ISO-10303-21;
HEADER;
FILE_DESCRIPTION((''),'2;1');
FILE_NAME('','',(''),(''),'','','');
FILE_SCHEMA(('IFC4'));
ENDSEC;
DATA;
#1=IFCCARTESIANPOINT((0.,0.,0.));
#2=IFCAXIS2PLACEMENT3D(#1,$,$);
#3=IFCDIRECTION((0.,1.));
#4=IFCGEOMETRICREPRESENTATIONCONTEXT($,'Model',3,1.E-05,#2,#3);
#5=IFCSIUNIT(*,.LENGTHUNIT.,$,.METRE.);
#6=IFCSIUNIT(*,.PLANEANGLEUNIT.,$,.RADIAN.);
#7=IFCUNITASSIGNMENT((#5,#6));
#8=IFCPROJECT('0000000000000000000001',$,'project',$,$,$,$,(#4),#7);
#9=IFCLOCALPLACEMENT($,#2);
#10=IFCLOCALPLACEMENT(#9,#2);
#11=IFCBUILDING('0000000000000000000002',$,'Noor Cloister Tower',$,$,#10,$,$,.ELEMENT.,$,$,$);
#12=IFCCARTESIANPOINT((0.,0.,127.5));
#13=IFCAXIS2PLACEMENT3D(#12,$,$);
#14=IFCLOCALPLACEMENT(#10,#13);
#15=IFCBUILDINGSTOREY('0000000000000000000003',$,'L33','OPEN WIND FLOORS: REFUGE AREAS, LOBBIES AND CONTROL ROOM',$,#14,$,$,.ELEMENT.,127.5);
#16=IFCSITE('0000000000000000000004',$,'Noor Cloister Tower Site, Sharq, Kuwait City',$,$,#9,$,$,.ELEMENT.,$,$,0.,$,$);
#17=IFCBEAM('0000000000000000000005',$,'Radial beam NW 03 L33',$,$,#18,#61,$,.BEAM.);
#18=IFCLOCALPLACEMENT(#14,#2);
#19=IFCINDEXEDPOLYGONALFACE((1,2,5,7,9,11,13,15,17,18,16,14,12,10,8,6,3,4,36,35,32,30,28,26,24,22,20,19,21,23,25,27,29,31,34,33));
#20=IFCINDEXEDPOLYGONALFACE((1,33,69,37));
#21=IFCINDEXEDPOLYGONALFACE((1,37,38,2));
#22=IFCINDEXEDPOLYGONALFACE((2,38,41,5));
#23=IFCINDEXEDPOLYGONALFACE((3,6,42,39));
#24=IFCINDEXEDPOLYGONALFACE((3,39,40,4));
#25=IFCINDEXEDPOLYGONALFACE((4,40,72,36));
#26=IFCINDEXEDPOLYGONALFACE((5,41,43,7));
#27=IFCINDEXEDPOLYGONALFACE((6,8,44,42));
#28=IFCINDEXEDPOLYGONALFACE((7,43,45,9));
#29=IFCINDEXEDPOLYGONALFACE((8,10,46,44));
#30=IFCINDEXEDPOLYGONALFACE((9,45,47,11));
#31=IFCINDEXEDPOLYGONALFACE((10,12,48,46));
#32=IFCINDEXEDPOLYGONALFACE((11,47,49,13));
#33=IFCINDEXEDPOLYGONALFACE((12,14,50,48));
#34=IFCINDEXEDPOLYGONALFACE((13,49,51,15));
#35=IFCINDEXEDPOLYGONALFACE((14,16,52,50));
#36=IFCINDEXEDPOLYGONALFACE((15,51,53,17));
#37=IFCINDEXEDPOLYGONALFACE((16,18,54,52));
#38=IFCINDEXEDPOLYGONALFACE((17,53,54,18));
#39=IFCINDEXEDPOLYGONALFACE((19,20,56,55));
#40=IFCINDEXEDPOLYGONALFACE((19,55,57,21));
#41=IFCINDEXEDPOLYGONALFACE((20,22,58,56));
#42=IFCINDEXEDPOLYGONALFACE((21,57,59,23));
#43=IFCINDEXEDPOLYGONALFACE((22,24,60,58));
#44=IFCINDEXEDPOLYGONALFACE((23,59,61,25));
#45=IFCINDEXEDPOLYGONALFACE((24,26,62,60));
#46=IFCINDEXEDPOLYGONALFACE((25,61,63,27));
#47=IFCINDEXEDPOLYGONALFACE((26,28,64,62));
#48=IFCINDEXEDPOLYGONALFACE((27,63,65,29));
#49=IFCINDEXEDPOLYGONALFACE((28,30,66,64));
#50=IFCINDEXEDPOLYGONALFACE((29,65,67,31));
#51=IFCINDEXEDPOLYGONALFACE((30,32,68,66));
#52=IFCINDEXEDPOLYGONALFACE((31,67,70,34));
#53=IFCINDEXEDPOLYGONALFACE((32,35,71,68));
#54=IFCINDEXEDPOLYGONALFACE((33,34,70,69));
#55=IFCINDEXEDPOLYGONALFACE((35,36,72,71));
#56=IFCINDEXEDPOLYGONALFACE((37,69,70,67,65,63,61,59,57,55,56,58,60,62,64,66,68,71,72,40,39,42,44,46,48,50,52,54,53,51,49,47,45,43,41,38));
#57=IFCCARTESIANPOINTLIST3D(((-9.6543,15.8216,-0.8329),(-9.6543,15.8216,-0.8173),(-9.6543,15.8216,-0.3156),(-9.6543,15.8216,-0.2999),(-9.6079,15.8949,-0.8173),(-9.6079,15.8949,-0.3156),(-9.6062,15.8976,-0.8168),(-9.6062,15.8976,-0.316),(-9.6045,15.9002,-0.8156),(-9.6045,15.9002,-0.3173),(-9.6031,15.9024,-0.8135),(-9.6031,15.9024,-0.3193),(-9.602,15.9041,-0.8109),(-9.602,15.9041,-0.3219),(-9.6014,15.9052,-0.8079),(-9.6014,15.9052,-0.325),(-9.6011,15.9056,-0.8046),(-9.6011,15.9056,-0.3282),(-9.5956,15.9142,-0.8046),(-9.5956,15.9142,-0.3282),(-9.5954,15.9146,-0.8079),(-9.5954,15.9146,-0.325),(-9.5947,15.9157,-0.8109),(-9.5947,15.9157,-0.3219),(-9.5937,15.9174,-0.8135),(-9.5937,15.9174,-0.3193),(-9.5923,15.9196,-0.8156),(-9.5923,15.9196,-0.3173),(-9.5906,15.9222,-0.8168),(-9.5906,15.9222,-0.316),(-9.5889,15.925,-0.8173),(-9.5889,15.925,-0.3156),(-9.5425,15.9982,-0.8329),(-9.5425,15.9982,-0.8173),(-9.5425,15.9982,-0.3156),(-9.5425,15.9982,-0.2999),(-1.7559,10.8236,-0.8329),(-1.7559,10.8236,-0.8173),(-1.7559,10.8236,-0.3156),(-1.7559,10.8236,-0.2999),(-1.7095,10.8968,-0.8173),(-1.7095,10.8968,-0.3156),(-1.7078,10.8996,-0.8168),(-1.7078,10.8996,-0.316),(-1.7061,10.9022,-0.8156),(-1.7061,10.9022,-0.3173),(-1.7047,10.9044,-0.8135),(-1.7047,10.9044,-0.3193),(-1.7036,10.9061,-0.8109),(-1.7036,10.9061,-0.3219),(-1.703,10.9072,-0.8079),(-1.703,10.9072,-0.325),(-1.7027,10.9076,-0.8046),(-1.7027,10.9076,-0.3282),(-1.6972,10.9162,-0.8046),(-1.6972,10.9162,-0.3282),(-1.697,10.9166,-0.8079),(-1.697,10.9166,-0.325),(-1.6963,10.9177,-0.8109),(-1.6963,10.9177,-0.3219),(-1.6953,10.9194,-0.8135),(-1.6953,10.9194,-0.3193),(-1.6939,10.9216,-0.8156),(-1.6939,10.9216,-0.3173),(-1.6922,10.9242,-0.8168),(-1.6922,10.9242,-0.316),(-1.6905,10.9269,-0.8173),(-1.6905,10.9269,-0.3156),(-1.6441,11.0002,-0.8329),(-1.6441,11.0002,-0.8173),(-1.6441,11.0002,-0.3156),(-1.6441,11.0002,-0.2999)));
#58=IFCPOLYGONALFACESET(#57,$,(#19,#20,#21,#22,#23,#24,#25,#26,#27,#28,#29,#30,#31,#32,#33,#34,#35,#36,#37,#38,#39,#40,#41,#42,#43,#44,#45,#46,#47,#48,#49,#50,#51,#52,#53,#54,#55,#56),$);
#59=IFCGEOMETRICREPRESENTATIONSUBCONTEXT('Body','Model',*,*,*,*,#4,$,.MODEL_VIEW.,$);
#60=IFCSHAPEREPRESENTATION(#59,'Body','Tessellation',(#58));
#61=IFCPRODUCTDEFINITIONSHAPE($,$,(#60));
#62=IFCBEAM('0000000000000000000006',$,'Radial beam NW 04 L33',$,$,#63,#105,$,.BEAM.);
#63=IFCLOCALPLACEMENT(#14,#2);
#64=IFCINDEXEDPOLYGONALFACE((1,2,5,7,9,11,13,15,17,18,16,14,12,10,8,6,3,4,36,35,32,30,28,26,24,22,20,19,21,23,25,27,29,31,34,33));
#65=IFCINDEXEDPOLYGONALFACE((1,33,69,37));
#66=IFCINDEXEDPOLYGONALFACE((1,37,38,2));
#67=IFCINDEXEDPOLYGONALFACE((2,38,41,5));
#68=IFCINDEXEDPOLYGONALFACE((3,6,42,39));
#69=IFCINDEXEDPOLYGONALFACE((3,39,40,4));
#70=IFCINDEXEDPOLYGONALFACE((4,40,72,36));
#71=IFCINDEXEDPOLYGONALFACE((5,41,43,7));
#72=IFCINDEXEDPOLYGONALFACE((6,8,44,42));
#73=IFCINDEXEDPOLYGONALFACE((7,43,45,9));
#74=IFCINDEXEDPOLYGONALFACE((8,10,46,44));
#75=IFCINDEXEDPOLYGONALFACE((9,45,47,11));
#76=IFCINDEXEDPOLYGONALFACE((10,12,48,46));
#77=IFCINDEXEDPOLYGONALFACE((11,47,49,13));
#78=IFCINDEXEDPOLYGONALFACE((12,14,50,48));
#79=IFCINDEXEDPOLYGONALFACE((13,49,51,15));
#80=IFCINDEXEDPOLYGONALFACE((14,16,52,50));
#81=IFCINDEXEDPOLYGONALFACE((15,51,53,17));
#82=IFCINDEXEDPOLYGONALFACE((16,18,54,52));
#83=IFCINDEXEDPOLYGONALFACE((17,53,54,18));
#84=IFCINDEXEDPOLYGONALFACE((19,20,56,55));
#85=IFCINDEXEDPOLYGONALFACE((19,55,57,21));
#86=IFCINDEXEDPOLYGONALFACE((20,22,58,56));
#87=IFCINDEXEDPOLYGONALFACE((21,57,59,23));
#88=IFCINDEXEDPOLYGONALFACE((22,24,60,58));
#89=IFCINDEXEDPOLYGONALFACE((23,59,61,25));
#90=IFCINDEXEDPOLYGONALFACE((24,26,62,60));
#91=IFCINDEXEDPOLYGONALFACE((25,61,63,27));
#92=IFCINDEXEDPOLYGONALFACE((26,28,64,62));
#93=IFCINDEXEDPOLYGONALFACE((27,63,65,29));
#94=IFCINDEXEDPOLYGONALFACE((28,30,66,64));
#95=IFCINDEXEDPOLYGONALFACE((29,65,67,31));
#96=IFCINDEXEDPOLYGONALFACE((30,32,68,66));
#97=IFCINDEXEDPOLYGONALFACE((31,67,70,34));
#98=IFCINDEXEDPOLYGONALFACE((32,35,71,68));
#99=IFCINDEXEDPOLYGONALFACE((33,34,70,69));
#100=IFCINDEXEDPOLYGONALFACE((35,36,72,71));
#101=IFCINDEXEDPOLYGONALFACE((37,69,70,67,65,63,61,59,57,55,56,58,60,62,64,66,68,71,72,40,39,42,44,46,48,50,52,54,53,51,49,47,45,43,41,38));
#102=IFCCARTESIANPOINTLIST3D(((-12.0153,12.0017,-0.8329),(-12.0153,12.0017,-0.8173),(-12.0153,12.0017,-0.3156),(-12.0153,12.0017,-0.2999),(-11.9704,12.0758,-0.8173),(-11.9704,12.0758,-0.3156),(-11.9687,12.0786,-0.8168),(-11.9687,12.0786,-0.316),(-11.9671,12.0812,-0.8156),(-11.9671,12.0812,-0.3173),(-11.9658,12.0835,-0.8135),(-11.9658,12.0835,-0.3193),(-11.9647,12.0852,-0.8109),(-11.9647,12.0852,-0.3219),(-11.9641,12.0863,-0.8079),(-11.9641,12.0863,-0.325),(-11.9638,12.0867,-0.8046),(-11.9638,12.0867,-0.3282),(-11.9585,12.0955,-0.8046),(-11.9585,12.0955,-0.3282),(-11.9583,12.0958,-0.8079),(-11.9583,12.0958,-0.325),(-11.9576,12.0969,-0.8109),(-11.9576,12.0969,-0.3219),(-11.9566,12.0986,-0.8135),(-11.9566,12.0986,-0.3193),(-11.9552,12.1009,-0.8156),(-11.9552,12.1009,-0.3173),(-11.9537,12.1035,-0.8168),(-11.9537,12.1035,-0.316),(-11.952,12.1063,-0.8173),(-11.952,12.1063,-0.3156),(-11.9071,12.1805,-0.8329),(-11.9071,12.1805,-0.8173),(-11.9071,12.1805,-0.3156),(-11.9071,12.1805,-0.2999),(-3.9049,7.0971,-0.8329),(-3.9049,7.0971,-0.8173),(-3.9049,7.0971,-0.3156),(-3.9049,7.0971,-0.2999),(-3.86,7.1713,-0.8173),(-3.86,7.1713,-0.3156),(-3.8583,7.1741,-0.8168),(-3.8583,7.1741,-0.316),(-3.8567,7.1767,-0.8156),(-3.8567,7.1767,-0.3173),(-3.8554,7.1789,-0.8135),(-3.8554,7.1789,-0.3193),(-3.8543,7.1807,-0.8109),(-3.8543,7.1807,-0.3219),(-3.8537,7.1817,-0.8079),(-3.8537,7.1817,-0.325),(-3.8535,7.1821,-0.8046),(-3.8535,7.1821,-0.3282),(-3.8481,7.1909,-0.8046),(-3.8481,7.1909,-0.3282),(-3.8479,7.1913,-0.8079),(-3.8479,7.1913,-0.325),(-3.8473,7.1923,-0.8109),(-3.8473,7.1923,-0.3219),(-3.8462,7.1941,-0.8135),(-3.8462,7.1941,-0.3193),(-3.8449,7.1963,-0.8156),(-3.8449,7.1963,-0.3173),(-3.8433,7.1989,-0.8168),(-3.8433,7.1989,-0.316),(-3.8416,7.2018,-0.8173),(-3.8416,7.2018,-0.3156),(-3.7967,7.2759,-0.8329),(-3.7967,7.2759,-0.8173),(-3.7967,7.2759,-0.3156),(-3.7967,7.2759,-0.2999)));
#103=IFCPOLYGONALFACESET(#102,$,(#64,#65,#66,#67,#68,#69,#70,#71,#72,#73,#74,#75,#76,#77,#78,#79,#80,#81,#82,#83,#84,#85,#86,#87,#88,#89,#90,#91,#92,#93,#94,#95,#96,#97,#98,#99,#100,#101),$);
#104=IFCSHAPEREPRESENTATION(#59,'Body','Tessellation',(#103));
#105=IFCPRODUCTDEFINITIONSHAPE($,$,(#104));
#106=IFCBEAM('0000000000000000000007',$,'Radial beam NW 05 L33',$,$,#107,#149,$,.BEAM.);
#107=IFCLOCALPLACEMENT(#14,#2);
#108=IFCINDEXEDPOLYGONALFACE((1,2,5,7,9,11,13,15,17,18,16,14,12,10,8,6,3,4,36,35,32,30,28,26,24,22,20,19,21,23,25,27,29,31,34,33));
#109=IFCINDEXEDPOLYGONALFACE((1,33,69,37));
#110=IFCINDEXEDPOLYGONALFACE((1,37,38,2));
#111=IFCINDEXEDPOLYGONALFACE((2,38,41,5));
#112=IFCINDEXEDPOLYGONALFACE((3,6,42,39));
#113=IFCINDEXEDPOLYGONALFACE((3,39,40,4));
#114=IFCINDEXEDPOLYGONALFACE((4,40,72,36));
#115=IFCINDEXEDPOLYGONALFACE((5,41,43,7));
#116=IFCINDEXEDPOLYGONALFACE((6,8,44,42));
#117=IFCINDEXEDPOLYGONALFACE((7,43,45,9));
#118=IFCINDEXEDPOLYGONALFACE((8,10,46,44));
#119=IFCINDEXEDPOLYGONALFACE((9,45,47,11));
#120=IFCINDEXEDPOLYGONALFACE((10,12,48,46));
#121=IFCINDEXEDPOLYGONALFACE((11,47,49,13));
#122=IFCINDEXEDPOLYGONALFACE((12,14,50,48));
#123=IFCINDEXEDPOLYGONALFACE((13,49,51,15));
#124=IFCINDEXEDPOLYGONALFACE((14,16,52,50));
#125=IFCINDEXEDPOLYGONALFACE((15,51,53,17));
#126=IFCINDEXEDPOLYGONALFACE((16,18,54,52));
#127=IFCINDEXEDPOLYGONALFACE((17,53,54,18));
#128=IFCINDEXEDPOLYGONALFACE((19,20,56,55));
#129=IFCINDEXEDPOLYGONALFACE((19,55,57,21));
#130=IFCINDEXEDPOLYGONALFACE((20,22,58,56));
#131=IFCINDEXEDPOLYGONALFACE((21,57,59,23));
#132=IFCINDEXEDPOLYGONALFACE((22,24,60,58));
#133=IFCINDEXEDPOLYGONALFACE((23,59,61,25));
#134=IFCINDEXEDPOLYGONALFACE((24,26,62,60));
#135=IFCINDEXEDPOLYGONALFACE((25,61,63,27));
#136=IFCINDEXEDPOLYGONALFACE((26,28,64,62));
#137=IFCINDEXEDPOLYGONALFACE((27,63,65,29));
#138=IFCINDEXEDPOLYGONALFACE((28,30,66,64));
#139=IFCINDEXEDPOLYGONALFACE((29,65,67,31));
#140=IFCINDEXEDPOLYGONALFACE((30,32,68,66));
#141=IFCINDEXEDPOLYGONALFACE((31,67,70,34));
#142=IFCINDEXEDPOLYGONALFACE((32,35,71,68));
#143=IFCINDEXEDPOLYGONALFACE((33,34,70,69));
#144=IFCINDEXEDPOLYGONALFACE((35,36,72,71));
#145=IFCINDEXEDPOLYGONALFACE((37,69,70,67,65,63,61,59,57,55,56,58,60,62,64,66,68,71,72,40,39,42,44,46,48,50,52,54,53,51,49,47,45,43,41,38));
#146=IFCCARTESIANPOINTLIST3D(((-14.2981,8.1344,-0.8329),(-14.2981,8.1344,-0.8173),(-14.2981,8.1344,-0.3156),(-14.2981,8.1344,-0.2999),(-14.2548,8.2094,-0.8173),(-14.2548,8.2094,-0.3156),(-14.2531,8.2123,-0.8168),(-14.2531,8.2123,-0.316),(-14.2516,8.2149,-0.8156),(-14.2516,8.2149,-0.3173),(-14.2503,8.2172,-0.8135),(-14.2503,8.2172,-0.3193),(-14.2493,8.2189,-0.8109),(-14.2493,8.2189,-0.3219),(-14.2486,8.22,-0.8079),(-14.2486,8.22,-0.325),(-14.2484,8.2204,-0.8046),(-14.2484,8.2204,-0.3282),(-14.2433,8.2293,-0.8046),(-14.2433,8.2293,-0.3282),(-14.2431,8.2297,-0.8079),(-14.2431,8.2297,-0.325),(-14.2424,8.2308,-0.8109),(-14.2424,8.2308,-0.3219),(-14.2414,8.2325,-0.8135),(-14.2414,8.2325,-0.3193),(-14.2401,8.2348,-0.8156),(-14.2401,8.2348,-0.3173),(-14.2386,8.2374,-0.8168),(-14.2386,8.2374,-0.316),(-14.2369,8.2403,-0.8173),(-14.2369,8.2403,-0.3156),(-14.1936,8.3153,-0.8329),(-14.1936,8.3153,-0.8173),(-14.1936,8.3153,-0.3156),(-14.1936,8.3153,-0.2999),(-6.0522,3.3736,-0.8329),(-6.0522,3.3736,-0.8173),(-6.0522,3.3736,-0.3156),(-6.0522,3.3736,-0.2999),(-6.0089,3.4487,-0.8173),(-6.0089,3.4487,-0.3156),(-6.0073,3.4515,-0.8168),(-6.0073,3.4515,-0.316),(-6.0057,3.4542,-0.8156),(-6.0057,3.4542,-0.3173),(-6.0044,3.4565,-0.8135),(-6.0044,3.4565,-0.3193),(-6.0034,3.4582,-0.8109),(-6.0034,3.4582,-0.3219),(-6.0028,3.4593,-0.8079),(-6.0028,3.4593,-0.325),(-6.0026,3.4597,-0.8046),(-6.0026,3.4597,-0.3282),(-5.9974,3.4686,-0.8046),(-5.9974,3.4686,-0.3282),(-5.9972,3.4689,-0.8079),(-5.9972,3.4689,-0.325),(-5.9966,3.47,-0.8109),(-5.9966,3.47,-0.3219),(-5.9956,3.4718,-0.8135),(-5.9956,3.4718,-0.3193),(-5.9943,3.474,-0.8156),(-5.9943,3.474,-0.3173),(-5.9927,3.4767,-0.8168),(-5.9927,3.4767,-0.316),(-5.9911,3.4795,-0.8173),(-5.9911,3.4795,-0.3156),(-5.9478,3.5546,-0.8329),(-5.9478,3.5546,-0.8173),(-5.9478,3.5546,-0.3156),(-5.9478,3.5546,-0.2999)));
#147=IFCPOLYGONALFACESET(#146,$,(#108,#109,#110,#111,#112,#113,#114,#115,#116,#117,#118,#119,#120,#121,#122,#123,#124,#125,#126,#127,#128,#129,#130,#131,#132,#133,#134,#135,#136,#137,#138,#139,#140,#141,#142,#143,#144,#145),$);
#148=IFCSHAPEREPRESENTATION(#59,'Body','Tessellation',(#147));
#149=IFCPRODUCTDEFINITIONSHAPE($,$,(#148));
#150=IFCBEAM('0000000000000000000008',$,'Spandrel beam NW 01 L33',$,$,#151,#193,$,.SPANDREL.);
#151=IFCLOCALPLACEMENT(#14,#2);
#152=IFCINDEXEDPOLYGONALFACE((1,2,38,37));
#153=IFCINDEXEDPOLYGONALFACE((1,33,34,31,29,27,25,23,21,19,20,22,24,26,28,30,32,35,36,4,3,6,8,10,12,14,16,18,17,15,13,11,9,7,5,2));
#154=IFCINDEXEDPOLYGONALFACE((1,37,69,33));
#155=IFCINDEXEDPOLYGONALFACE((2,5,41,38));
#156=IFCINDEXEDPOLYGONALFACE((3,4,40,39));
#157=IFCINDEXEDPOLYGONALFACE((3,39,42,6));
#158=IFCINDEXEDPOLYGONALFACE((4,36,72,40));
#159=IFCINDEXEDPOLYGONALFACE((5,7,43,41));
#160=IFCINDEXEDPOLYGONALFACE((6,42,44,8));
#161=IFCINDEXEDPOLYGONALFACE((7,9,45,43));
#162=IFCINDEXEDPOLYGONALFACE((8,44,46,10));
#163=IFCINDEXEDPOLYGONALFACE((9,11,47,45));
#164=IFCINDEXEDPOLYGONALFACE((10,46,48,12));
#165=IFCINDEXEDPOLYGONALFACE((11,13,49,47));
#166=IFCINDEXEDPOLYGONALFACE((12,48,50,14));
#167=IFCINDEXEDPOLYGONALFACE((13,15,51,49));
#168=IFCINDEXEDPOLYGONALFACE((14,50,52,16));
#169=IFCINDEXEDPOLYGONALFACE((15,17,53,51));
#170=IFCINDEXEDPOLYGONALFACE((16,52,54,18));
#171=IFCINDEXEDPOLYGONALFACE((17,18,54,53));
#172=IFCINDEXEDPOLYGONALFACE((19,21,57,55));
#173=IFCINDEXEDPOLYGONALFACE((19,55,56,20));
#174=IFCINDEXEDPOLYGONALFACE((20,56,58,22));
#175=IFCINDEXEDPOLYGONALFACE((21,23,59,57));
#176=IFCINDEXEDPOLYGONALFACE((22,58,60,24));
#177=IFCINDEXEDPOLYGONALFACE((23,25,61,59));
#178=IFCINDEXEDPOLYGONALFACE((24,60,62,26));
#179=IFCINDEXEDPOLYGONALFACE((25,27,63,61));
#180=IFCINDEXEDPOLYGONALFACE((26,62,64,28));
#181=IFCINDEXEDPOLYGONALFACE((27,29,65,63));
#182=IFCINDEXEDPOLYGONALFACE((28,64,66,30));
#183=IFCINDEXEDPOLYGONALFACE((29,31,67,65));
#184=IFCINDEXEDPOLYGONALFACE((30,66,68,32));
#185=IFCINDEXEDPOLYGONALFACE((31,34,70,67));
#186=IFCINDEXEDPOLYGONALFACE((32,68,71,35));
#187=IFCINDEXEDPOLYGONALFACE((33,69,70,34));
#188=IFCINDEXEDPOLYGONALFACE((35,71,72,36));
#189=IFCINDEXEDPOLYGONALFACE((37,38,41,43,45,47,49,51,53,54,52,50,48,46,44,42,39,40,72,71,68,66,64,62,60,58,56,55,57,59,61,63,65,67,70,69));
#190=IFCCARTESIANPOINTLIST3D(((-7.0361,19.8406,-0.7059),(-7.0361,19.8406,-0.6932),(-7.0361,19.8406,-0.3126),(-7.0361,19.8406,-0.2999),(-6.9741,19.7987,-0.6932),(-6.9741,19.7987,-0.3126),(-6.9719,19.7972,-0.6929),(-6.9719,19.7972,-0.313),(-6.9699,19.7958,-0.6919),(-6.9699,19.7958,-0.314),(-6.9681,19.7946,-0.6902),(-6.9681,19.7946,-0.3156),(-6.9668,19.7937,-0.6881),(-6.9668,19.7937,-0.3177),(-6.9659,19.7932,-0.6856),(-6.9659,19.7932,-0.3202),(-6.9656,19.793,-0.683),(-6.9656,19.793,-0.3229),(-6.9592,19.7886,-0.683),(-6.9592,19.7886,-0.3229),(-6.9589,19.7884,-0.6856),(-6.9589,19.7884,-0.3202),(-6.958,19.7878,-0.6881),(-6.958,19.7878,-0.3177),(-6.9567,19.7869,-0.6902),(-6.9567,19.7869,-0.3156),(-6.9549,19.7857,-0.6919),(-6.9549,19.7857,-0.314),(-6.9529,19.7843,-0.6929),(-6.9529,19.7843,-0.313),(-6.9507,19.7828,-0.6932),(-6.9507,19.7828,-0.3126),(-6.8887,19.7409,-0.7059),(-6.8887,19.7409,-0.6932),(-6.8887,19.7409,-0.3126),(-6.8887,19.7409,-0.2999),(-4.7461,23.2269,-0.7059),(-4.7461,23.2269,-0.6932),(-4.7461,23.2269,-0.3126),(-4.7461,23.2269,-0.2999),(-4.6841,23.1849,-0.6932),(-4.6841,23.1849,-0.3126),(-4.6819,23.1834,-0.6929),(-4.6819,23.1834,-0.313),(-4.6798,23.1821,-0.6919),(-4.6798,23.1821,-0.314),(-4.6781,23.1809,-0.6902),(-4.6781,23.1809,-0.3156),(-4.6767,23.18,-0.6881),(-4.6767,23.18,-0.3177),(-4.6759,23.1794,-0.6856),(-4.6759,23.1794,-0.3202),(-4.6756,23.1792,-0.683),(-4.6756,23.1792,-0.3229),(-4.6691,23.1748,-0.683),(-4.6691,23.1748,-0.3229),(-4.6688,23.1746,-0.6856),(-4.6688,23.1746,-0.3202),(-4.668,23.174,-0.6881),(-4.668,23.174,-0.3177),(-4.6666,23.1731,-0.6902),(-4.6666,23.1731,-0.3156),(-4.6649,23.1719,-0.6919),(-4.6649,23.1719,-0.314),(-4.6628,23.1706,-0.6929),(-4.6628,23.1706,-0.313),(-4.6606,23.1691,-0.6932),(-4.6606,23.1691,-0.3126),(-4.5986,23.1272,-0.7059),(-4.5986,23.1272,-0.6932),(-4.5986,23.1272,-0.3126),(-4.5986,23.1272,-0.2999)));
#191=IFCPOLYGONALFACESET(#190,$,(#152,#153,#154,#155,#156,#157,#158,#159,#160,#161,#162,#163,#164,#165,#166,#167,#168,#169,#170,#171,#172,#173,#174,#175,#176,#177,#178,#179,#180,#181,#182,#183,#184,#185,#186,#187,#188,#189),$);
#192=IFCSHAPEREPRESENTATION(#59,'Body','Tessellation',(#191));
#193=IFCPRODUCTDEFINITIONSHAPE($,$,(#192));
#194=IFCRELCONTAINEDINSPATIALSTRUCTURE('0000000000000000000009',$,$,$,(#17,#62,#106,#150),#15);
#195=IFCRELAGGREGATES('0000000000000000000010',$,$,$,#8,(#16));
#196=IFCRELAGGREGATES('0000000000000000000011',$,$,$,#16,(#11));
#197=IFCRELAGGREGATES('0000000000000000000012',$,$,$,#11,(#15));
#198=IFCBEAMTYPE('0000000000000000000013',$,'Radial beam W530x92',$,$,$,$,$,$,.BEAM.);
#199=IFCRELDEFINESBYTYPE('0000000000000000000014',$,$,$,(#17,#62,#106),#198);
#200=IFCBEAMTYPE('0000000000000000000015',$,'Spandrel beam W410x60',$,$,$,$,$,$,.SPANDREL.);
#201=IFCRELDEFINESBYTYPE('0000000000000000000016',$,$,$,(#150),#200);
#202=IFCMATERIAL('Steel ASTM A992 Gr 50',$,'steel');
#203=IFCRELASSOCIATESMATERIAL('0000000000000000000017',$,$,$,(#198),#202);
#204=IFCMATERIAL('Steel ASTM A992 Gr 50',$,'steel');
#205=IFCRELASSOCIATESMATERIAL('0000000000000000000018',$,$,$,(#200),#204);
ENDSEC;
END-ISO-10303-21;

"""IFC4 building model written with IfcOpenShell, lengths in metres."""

from ifc_helpers import new_model, si_unit, direction, frame, origin, origin_2d, place, context, subcontext, project, spatial, i_section, extrude, material, material_profile, profile_set, type_object, element, save


model = new_model("IFC4")

# Units and contexts
model_context = context("Model", 3, precision=1e-05, world=origin(), true_north=direction((0.0, 1.0)))
body_context = subcontext(model_context, "Body", "Model", "MODEL_VIEW")
ifc_project = project(units=[si_unit("LENGTHUNIT", "METRE"), si_unit("PLANEANGLEUNIT", "RADIAN")], contexts=[model_context])

# Site, building, storey
site_placement = place(None, origin())
site = spatial("IfcSite", under=ifc_project, at=site_placement, Name="Noor Cloister Tower Site, Sharq, Kuwait City", CompositionType="ELEMENT", RefElevation=0.0)
building_placement = place(site_placement, origin())
building = spatial("IfcBuilding", under=site, at=building_placement, Name="Noor Cloister Tower", CompositionType="ELEMENT")
storey_placement = place(building_placement, frame((0.0, 0.0, 127.5)))
storey = spatial("IfcBuildingStorey", under=building, at=storey_placement, Name="L33", Description="OPEN WIND FLOORS: REFUGE AREAS, LOBBIES AND CONTROL ROOM", CompositionType="ELEMENT", Elevation=127.5)

# Beams
ifc_material_1 = material(Name="Steel ASTM A992 Gr 50", Category="steel")
ifc_material_profile_1 = material_profile(ifc_material_1, i_section(OverallWidth=0.209, OverallDepth=0.533, WebThickness=0.0103, FlangeThickness=0.0156, FilletRadius=0.0127, at=origin_2d()), Name="W530x92")
ifc_profile_set_1 = profile_set([ifc_material_profile_1], Name="Steel ASTM A992 Gr 50")
beam_type_1 = type_object("IfcBeamType", Name="Radial beam W530x92", PredefinedType="BEAM", material=ifc_profile_set_1)
beam_1_placement = place(storey_placement, frame((-9.5984, 15.9099, -0.5664), z_axis=(0.845027, -0.534724, 0.0), x_axis=(0.534724, 0.845027, 0.0)))
element("IfcBeam", 1, at=beam_1_placement, inside=storey, type_object=beam_type_1, Name="Radial beam NW 03 L33", PredefinedType="BEAM", context=body_context, shape_type="SweptSolid", body=[
    extrude(i_section(OverallWidth=0.209, OverallDepth=0.533, WebThickness=0.0103, FlangeThickness=0.0156, FilletRadius=0.0127, at=origin_2d()), origin(), (0.0, 0.0, 1.0), 9.3469),
])
beam_2_placement = place(storey_placement, frame((-11.9612, 12.0911, -0.5664), z_axis=(0.855704, -0.517466, 0.0), x_axis=(0.517466, 0.855704, 0.0)))
element("IfcBeam", 2, at=beam_2_placement, inside=storey, type_object=beam_type_1, Name="Radial beam NW 04 L33", PredefinedType="BEAM", context=body_context, shape_type="SweptSolid", body=[
    extrude(i_section(OverallWidth=0.209, OverallDepth=0.533, WebThickness=0.0103, FlangeThickness=0.0156, FilletRadius=0.0127, at=origin_2d()), origin(), (0.0, 0.0, 1.0), 9.478),
])
beam_3_placement = place(storey_placement, frame((-14.2458, 8.2249, -0.5664), z_axis=(0.866025, -0.5, 0.0), x_axis=(0.5, 0.866025, 0.0)))
element("IfcBeam", 3, at=beam_3_placement, inside=storey, type_object=beam_type_1, Name="Radial beam NW 05 L33", PredefinedType="BEAM", context=body_context, shape_type="SweptSolid", body=[
    extrude(i_section(OverallWidth=0.209, OverallDepth=0.533, WebThickness=0.0103, FlangeThickness=0.0156, FilletRadius=0.0127, at=origin_2d()), origin(), (0.0, 0.0, 1.0), 9.5215),
])
ifc_material_2 = material(Name="Steel ASTM A992 Gr 50", Category="steel")
ifc_material_profile_2 = material_profile(ifc_material_2, i_section(OverallWidth=0.178, OverallDepth=0.406, WebThickness=0.0078, FlangeThickness=0.0127, FilletRadius=0.0103, at=origin_2d()), Name="W410x60")
ifc_profile_set_2 = profile_set([ifc_material_profile_2], Name="Steel ASTM A992 Gr 50")
beam_type_2 = type_object("IfcBeamType", Name="Spandrel beam W410x60", PredefinedType="SPANDREL", material=ifc_profile_set_2)
for number, where, z_axis, x_axis, name in (
    (4, (-4.6724, 23.177, -0.5029), (-0.560201, -0.828357, 0.0), (0.828357, -0.560201, 0.0), "Spandrel beam NW 01 L33"),
):
    element("IfcBeam", number, at=place(storey_placement, frame(where, z_axis=z_axis, x_axis=x_axis)), inside=storey, type_object=beam_type_2, Name=name, PredefinedType="SPANDREL", context=body_context, shape_type="SweptSolid", body=[
        extrude(i_section(OverallWidth=0.178, OverallDepth=0.406, WebThickness=0.0078, FlangeThickness=0.0127, FilletRadius=0.0103, at=origin_2d()), origin(), (0.0, 0.0, 1.0), 4.0879),
    ])

save(model, "model.ifc")
